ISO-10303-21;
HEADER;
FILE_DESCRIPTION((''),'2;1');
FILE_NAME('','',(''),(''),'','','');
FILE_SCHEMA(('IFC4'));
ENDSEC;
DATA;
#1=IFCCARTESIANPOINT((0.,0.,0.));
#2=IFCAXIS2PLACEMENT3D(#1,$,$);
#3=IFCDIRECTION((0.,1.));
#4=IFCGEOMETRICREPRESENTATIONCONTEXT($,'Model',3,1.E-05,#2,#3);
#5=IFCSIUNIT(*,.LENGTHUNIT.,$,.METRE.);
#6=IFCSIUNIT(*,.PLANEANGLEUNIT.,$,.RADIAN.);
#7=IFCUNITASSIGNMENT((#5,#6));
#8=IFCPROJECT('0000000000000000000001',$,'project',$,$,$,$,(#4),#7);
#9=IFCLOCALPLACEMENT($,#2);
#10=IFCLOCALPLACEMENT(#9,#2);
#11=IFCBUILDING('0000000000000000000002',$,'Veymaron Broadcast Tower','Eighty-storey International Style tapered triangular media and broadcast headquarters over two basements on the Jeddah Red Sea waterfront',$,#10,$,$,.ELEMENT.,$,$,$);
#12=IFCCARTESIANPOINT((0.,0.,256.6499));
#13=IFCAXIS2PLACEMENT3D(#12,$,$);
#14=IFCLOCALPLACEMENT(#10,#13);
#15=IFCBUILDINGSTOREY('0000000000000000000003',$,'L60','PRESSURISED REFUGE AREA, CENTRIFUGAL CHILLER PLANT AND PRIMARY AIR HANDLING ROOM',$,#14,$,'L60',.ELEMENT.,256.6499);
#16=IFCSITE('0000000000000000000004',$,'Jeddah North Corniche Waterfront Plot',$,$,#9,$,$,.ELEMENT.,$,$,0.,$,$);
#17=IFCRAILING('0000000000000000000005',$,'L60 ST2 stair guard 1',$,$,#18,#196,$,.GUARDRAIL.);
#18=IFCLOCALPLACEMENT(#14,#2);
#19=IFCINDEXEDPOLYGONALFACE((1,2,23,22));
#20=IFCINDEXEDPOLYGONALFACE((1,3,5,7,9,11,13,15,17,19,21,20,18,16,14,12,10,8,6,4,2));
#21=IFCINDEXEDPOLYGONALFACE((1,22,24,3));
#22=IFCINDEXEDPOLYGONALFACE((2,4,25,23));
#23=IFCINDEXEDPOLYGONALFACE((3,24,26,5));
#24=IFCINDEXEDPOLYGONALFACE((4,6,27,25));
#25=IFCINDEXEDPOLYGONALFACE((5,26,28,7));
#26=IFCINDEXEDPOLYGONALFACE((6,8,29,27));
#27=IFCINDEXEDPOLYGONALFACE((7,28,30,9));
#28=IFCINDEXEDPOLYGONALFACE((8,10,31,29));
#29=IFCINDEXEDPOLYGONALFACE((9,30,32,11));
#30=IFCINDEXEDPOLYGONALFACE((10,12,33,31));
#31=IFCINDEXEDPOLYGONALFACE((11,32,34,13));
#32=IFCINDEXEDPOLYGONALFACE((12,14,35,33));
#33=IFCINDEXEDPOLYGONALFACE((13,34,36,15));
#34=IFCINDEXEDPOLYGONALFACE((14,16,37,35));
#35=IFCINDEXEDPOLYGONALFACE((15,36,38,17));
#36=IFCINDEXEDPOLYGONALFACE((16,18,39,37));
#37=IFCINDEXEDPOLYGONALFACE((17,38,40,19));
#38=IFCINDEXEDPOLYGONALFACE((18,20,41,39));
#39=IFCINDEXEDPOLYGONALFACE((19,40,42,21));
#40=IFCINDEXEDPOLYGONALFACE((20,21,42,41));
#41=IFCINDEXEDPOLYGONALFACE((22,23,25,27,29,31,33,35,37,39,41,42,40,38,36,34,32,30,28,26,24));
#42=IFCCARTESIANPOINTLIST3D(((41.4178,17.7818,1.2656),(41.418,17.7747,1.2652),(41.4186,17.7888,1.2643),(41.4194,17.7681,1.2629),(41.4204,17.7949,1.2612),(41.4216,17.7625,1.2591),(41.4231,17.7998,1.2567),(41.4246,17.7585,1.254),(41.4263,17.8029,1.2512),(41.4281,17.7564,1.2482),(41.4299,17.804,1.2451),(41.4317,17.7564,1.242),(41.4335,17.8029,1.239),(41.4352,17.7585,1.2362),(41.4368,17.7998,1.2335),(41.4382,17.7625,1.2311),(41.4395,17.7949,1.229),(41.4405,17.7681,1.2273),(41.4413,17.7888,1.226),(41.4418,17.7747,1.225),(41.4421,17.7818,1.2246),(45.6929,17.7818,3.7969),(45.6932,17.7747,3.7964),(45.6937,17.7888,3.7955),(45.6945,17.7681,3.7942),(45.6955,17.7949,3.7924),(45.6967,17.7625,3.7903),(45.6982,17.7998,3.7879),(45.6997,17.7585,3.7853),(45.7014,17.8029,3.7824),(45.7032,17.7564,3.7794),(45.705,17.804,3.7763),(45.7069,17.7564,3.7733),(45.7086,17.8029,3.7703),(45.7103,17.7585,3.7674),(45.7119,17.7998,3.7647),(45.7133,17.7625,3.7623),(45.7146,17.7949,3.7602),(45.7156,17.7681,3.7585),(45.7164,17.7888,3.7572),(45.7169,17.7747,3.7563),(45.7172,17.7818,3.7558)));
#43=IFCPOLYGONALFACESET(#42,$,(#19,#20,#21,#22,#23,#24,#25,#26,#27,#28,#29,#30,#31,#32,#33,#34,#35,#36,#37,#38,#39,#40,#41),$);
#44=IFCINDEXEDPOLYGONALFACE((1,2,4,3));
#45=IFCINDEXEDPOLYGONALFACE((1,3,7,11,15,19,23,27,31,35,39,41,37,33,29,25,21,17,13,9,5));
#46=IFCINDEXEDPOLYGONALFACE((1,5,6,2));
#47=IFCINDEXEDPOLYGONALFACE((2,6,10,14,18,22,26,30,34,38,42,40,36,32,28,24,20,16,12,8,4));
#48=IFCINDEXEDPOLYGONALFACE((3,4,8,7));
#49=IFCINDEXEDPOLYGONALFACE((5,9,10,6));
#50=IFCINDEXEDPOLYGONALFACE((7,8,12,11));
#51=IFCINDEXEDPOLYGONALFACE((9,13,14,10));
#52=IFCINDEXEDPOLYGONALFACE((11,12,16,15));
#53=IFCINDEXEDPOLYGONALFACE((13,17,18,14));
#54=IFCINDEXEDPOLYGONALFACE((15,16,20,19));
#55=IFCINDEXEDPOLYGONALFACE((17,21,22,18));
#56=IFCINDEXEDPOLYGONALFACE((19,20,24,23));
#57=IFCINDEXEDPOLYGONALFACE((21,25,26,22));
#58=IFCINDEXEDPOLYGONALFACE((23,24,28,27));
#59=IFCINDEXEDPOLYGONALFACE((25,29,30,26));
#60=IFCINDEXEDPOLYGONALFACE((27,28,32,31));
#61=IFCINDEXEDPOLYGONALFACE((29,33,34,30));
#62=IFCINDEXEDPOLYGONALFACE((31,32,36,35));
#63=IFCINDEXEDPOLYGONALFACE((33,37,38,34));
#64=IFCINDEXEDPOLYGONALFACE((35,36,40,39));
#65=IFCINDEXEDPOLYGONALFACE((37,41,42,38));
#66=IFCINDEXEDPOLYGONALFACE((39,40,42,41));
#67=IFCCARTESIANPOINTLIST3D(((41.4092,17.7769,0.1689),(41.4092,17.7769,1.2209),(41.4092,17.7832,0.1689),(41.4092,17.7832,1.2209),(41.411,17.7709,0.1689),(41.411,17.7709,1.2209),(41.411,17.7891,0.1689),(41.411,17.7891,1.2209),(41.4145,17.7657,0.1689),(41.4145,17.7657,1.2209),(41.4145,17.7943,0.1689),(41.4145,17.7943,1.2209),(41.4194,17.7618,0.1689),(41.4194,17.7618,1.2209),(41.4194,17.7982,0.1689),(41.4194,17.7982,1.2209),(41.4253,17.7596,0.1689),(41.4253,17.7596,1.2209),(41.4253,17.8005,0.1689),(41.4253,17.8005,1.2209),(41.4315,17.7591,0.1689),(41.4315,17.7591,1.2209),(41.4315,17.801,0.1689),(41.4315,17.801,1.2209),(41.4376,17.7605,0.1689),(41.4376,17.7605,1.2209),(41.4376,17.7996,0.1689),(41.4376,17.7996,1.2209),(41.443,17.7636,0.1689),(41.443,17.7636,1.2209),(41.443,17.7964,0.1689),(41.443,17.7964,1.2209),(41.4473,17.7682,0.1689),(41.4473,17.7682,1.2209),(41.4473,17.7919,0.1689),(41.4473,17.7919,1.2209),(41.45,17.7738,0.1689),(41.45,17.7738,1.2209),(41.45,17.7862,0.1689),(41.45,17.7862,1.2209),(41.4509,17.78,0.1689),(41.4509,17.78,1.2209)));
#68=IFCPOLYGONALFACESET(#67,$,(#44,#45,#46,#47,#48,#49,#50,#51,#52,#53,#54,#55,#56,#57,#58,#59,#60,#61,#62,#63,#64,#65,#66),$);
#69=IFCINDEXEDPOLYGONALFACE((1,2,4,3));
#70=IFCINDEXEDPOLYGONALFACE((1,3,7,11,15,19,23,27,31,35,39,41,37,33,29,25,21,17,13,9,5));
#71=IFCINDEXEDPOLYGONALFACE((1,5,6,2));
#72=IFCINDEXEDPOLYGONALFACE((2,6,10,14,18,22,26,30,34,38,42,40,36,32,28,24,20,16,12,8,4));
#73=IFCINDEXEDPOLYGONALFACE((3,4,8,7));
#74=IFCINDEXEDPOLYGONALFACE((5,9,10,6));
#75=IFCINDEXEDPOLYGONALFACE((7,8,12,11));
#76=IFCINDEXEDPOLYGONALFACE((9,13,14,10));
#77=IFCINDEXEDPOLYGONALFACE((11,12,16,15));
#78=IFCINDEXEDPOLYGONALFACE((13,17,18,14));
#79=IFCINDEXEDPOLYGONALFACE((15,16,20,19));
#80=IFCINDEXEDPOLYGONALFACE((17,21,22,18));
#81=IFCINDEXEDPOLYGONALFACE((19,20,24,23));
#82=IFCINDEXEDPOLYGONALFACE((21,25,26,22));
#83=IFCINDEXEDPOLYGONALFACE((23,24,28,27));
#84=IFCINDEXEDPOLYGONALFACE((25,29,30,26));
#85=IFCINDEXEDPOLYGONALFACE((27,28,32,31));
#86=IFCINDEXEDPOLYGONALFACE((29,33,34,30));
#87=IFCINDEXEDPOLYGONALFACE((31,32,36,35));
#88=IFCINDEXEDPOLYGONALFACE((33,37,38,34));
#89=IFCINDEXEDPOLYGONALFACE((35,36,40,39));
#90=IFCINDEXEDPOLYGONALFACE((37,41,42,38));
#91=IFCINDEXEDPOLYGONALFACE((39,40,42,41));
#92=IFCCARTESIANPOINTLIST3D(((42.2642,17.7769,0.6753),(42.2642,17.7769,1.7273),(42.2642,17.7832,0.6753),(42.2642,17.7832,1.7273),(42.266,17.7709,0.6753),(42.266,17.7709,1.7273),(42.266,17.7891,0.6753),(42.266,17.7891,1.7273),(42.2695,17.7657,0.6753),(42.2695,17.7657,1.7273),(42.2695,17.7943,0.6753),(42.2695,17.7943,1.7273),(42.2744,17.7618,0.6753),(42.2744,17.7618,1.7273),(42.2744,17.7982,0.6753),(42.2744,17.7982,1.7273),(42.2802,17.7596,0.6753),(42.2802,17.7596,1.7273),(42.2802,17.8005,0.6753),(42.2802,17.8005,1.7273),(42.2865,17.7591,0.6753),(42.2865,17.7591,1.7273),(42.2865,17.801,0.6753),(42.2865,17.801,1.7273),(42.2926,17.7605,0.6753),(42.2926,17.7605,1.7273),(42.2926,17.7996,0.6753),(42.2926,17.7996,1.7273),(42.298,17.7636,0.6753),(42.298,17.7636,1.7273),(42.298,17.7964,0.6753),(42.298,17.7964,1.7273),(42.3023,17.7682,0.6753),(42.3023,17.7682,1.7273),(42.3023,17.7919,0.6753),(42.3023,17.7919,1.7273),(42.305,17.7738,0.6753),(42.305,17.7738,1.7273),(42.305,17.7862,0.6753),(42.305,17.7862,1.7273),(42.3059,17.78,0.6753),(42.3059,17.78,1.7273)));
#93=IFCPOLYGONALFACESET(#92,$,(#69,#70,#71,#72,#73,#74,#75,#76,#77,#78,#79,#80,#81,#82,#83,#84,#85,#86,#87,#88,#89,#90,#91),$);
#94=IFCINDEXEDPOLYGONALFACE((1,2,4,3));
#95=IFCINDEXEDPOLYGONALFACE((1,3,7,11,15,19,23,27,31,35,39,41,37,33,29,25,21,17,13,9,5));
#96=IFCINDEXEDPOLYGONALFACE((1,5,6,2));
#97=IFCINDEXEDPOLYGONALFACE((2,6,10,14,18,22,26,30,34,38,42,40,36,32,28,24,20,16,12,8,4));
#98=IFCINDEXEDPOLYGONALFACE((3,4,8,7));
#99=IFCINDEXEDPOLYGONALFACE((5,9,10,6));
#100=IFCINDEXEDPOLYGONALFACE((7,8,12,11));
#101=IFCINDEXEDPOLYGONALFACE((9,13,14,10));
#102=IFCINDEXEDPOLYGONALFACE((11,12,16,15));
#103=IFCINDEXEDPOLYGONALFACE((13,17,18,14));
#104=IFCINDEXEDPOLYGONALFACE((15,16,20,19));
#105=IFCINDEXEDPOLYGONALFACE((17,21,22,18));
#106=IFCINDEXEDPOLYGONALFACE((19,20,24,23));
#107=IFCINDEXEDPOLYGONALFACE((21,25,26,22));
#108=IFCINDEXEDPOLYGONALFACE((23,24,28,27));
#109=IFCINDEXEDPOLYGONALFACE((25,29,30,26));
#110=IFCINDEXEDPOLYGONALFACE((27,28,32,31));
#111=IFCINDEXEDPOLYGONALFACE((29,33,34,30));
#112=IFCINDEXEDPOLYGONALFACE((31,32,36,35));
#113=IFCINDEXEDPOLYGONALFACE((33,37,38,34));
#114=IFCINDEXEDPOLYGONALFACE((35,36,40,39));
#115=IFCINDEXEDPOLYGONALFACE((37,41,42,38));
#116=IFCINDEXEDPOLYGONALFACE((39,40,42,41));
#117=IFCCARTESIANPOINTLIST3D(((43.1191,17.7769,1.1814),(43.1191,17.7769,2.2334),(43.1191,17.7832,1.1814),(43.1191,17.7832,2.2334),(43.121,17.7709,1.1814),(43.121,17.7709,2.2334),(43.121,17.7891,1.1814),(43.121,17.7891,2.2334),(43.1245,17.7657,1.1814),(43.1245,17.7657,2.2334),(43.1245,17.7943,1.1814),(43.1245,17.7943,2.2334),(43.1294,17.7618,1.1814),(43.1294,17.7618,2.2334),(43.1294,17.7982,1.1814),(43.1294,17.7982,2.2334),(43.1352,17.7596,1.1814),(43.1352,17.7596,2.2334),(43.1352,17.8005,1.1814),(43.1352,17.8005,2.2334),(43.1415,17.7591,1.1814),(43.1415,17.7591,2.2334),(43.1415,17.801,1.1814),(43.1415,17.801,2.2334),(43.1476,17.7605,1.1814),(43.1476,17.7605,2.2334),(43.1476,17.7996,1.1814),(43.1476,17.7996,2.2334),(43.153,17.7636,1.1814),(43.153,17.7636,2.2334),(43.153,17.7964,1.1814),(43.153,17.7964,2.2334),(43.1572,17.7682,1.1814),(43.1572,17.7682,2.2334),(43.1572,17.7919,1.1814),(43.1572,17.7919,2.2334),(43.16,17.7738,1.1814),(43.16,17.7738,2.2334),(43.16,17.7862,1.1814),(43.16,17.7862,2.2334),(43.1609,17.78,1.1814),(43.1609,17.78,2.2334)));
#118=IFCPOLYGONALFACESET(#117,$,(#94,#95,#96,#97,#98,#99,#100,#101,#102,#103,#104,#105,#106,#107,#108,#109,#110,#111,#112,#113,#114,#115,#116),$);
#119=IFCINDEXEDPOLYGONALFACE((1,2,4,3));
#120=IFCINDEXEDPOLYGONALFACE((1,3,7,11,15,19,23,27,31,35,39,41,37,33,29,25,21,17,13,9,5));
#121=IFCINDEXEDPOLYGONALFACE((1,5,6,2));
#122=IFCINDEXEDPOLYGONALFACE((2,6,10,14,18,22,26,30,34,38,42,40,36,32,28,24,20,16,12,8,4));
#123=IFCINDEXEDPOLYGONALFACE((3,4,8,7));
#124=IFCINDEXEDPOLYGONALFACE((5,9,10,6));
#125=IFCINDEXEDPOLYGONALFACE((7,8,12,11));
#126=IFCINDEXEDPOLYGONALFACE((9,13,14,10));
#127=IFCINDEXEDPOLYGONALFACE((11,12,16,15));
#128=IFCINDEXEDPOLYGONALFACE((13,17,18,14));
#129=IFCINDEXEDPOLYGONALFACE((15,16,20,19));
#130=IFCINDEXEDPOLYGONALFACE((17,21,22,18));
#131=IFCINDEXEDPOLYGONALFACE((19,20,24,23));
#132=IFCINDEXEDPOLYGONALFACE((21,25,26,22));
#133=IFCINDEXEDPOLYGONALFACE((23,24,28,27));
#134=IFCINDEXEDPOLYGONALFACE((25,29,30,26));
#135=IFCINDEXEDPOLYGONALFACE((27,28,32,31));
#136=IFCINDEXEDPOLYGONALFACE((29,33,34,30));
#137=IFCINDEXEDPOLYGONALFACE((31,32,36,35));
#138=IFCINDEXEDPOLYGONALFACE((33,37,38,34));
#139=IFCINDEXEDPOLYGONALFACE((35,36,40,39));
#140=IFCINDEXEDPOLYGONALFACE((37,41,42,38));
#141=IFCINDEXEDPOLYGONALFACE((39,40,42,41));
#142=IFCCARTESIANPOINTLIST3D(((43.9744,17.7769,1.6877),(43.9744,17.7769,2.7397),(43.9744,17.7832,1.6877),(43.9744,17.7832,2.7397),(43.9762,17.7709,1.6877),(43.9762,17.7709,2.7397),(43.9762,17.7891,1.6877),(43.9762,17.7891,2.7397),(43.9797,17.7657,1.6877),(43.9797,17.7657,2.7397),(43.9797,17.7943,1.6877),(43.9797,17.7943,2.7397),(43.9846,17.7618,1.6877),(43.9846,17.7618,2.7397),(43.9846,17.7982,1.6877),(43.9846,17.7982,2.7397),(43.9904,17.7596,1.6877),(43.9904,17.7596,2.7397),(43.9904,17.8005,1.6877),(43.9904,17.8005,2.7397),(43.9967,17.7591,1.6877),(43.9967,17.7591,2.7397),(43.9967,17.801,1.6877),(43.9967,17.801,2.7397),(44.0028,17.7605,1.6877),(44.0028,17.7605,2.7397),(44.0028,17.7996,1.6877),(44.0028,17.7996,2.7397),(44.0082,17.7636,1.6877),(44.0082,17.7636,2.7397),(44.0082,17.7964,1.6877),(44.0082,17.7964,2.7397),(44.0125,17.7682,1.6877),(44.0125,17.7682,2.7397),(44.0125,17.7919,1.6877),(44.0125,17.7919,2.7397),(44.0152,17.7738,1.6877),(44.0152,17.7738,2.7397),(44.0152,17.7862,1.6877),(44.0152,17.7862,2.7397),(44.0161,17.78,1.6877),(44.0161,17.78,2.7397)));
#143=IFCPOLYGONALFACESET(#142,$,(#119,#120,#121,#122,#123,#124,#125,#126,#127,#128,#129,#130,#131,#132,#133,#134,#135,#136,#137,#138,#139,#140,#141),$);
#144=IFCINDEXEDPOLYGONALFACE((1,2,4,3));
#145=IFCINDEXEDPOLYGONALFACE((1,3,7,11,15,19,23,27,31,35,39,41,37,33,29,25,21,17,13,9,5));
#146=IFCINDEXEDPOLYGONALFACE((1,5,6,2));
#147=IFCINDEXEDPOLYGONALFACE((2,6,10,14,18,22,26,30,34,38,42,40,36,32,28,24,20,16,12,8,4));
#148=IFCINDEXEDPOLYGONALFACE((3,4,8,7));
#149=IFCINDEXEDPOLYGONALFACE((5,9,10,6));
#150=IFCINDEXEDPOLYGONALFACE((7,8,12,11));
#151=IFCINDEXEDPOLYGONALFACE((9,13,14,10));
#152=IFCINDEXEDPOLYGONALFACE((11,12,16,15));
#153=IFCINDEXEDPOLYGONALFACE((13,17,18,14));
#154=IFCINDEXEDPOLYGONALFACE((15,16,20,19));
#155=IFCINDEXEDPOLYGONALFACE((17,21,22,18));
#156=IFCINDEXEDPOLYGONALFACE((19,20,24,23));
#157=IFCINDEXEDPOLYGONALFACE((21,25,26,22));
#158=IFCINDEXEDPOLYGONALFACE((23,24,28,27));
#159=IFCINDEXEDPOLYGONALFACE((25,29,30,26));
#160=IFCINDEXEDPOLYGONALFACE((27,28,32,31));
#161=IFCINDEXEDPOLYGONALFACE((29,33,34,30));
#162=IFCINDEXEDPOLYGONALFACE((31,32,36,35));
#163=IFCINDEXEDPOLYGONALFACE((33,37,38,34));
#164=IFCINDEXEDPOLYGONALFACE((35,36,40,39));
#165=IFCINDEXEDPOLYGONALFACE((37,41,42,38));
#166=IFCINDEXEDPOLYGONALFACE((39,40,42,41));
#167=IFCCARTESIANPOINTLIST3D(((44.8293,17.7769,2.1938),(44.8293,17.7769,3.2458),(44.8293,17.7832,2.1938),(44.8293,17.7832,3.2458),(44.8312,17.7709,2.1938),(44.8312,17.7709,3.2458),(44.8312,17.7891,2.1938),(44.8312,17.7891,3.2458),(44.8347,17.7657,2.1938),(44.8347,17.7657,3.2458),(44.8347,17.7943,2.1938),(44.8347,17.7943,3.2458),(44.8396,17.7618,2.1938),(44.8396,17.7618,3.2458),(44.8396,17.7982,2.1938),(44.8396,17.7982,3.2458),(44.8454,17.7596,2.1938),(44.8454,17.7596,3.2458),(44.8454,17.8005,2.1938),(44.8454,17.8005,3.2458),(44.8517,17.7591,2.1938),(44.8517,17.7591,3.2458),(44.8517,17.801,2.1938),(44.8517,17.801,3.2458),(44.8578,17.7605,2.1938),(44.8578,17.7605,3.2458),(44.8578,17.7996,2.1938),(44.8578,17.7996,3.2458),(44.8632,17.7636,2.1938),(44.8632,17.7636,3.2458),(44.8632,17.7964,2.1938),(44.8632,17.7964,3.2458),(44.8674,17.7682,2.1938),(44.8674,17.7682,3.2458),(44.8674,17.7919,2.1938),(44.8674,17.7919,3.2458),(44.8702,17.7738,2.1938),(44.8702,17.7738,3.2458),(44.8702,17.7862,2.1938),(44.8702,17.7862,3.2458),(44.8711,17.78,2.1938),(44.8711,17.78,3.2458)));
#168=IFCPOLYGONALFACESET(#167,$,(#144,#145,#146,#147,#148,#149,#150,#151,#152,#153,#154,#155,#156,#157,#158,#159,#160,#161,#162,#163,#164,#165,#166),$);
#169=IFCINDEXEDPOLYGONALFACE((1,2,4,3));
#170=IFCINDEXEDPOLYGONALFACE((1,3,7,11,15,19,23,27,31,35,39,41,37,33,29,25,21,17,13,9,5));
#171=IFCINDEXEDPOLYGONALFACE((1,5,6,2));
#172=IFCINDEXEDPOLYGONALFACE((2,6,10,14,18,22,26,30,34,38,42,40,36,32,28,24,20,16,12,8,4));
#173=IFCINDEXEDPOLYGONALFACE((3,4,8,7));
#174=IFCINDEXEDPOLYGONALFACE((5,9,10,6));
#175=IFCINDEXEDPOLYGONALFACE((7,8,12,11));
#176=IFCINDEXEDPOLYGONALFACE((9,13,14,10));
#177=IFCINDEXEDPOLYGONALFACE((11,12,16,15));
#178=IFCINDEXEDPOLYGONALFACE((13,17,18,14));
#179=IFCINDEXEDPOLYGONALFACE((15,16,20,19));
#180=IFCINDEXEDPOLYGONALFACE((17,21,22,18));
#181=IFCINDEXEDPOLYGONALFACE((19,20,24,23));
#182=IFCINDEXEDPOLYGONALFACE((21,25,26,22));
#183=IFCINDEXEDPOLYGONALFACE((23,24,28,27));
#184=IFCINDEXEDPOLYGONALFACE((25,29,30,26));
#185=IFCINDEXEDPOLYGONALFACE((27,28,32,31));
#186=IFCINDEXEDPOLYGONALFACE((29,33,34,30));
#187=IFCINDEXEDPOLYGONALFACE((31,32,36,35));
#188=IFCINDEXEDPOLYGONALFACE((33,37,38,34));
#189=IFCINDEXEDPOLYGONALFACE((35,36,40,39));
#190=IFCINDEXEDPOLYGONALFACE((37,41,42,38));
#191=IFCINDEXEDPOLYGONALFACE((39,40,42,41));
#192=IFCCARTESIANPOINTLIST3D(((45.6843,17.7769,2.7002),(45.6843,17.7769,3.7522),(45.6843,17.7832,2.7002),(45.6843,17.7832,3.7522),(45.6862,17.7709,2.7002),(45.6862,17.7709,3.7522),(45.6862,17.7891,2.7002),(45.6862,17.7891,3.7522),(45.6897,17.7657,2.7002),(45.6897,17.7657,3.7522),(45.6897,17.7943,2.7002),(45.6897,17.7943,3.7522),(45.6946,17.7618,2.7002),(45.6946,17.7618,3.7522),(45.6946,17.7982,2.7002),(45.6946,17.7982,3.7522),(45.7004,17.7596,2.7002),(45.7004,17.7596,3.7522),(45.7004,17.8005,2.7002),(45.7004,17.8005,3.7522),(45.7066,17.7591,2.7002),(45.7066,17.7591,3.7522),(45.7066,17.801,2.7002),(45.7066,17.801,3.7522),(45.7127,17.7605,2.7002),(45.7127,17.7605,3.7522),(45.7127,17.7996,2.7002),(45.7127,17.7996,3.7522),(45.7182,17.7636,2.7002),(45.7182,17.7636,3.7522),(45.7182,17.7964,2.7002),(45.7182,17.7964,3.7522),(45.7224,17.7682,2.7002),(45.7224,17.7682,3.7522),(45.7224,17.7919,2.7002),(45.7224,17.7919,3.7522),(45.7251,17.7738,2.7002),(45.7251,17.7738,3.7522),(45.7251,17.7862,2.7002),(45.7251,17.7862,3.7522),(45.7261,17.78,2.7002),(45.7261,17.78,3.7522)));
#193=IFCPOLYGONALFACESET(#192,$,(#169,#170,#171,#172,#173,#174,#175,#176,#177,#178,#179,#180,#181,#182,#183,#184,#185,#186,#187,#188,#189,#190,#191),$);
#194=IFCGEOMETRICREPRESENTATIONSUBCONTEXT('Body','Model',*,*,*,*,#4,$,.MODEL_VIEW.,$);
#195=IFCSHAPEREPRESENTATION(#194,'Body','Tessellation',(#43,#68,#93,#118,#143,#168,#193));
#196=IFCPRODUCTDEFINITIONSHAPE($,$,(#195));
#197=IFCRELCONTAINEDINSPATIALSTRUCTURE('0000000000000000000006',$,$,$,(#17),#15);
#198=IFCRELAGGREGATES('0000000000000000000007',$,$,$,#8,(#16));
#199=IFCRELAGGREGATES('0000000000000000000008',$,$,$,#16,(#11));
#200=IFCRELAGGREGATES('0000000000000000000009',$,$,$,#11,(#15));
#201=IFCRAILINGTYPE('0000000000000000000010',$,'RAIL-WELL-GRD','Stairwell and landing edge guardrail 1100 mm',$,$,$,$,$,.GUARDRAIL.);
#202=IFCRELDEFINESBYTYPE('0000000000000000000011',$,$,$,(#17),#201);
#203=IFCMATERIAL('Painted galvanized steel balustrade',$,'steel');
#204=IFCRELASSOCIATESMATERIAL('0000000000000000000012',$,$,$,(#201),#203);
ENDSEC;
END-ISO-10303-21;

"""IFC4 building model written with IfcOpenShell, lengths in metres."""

from ifc_helpers import new_model, si_unit, direction, frame, origin, origin_2d, place, context, subcontext, project, spatial, circle, extrude, material, type_object, element, save


model = new_model("IFC4")

# Units and contexts
model_context = context("Model", 3, precision=1e-05, world=origin(), true_north=direction((0.0, 1.0)))
body_context = subcontext(model_context, "Body", "Model", "MODEL_VIEW")
ifc_project = project(units=[si_unit("LENGTHUNIT", "METRE"), si_unit("PLANEANGLEUNIT", "RADIAN")], contexts=[model_context])

# Site, building, storey
site_placement = place(None, origin())
site = spatial("IfcSite", under=ifc_project, at=site_placement, Name="Jeddah North Corniche Waterfront Plot", CompositionType="ELEMENT", RefElevation=0.0)
building_placement = place(site_placement, origin())
building = spatial("IfcBuilding", under=site, at=building_placement, Name="Veymaron Broadcast Tower", Description="Eighty-storey International Style tapered triangular media and broadcast headquarters over two basements on the Jeddah Red Sea waterfront", CompositionType="ELEMENT")
storey_placement = place(building_placement, frame((0.0, 0.0, 256.6499)))
storey = spatial("IfcBuildingStorey", under=building, at=storey_placement, Name="L60", Description="PRESSURISED REFUGE AREA, CENTRIFUGAL CHILLER PLANT AND PRIMARY AIR HANDLING ROOM", LongName="L60", CompositionType="ELEMENT", Elevation=256.6499)

# Railing
ifc_material_1 = material(Name="Painted galvanized steel balustrade", Category="steel")
railing_type_1 = type_object("IfcRailingType", Name="RAIL-WELL-GRD", Description="Stairwell and landing edge guardrail 1100 mm", PredefinedType="GUARDRAIL", material=ifc_material_1)
railing_1_placement = place(storey_placement, frame((41.4299, 17.78, 0.1689)))
element("IfcRailing", 1, at=railing_1_placement, inside=storey, type_object=railing_type_1, Name="L60 ST2 stair guard 1", PredefinedType="GUARDRAIL", context=body_context, shape_type="SweptSolid", body=[
    extrude(circle(Radius=0.0239, at=origin_2d()), frame((0.0, 0.0, 1.0762), z_axis=(0.860483, 0.0, 0.509479), x_axis=(0.0, 1.0, 0.0)), (0.0, 0.0, 1.0), 4.9683),
    extrude(circle(Radius=0.021, at=origin_2d()), origin(), (0.0, 0.0, 1.0), 1.052),
    extrude(circle(Radius=0.021, at=origin_2d()), frame((0.855, 0.0, 0.5063)), (0.0, 0.0, 1.0), 1.052),
    extrude(circle(Radius=0.021, at=origin_2d()), frame((1.71, 0.0, 1.0125)), (0.0, 0.0, 1.0), 1.052),
    extrude(circle(Radius=0.021, at=origin_2d()), frame((2.5652, 0.0, 1.5188)), (0.0, 0.0, 1.0), 1.052),
    extrude(circle(Radius=0.021, at=origin_2d()), frame((3.4202, 0.0, 2.0249)), (0.0, 0.0, 1.0), 1.052),
    extrude(circle(Radius=0.021, at=origin_2d()), frame((4.2751, 0.0, 2.5312)), (0.0, 0.0, 1.0), 1.052),
])

save(model, "model.ifc")
